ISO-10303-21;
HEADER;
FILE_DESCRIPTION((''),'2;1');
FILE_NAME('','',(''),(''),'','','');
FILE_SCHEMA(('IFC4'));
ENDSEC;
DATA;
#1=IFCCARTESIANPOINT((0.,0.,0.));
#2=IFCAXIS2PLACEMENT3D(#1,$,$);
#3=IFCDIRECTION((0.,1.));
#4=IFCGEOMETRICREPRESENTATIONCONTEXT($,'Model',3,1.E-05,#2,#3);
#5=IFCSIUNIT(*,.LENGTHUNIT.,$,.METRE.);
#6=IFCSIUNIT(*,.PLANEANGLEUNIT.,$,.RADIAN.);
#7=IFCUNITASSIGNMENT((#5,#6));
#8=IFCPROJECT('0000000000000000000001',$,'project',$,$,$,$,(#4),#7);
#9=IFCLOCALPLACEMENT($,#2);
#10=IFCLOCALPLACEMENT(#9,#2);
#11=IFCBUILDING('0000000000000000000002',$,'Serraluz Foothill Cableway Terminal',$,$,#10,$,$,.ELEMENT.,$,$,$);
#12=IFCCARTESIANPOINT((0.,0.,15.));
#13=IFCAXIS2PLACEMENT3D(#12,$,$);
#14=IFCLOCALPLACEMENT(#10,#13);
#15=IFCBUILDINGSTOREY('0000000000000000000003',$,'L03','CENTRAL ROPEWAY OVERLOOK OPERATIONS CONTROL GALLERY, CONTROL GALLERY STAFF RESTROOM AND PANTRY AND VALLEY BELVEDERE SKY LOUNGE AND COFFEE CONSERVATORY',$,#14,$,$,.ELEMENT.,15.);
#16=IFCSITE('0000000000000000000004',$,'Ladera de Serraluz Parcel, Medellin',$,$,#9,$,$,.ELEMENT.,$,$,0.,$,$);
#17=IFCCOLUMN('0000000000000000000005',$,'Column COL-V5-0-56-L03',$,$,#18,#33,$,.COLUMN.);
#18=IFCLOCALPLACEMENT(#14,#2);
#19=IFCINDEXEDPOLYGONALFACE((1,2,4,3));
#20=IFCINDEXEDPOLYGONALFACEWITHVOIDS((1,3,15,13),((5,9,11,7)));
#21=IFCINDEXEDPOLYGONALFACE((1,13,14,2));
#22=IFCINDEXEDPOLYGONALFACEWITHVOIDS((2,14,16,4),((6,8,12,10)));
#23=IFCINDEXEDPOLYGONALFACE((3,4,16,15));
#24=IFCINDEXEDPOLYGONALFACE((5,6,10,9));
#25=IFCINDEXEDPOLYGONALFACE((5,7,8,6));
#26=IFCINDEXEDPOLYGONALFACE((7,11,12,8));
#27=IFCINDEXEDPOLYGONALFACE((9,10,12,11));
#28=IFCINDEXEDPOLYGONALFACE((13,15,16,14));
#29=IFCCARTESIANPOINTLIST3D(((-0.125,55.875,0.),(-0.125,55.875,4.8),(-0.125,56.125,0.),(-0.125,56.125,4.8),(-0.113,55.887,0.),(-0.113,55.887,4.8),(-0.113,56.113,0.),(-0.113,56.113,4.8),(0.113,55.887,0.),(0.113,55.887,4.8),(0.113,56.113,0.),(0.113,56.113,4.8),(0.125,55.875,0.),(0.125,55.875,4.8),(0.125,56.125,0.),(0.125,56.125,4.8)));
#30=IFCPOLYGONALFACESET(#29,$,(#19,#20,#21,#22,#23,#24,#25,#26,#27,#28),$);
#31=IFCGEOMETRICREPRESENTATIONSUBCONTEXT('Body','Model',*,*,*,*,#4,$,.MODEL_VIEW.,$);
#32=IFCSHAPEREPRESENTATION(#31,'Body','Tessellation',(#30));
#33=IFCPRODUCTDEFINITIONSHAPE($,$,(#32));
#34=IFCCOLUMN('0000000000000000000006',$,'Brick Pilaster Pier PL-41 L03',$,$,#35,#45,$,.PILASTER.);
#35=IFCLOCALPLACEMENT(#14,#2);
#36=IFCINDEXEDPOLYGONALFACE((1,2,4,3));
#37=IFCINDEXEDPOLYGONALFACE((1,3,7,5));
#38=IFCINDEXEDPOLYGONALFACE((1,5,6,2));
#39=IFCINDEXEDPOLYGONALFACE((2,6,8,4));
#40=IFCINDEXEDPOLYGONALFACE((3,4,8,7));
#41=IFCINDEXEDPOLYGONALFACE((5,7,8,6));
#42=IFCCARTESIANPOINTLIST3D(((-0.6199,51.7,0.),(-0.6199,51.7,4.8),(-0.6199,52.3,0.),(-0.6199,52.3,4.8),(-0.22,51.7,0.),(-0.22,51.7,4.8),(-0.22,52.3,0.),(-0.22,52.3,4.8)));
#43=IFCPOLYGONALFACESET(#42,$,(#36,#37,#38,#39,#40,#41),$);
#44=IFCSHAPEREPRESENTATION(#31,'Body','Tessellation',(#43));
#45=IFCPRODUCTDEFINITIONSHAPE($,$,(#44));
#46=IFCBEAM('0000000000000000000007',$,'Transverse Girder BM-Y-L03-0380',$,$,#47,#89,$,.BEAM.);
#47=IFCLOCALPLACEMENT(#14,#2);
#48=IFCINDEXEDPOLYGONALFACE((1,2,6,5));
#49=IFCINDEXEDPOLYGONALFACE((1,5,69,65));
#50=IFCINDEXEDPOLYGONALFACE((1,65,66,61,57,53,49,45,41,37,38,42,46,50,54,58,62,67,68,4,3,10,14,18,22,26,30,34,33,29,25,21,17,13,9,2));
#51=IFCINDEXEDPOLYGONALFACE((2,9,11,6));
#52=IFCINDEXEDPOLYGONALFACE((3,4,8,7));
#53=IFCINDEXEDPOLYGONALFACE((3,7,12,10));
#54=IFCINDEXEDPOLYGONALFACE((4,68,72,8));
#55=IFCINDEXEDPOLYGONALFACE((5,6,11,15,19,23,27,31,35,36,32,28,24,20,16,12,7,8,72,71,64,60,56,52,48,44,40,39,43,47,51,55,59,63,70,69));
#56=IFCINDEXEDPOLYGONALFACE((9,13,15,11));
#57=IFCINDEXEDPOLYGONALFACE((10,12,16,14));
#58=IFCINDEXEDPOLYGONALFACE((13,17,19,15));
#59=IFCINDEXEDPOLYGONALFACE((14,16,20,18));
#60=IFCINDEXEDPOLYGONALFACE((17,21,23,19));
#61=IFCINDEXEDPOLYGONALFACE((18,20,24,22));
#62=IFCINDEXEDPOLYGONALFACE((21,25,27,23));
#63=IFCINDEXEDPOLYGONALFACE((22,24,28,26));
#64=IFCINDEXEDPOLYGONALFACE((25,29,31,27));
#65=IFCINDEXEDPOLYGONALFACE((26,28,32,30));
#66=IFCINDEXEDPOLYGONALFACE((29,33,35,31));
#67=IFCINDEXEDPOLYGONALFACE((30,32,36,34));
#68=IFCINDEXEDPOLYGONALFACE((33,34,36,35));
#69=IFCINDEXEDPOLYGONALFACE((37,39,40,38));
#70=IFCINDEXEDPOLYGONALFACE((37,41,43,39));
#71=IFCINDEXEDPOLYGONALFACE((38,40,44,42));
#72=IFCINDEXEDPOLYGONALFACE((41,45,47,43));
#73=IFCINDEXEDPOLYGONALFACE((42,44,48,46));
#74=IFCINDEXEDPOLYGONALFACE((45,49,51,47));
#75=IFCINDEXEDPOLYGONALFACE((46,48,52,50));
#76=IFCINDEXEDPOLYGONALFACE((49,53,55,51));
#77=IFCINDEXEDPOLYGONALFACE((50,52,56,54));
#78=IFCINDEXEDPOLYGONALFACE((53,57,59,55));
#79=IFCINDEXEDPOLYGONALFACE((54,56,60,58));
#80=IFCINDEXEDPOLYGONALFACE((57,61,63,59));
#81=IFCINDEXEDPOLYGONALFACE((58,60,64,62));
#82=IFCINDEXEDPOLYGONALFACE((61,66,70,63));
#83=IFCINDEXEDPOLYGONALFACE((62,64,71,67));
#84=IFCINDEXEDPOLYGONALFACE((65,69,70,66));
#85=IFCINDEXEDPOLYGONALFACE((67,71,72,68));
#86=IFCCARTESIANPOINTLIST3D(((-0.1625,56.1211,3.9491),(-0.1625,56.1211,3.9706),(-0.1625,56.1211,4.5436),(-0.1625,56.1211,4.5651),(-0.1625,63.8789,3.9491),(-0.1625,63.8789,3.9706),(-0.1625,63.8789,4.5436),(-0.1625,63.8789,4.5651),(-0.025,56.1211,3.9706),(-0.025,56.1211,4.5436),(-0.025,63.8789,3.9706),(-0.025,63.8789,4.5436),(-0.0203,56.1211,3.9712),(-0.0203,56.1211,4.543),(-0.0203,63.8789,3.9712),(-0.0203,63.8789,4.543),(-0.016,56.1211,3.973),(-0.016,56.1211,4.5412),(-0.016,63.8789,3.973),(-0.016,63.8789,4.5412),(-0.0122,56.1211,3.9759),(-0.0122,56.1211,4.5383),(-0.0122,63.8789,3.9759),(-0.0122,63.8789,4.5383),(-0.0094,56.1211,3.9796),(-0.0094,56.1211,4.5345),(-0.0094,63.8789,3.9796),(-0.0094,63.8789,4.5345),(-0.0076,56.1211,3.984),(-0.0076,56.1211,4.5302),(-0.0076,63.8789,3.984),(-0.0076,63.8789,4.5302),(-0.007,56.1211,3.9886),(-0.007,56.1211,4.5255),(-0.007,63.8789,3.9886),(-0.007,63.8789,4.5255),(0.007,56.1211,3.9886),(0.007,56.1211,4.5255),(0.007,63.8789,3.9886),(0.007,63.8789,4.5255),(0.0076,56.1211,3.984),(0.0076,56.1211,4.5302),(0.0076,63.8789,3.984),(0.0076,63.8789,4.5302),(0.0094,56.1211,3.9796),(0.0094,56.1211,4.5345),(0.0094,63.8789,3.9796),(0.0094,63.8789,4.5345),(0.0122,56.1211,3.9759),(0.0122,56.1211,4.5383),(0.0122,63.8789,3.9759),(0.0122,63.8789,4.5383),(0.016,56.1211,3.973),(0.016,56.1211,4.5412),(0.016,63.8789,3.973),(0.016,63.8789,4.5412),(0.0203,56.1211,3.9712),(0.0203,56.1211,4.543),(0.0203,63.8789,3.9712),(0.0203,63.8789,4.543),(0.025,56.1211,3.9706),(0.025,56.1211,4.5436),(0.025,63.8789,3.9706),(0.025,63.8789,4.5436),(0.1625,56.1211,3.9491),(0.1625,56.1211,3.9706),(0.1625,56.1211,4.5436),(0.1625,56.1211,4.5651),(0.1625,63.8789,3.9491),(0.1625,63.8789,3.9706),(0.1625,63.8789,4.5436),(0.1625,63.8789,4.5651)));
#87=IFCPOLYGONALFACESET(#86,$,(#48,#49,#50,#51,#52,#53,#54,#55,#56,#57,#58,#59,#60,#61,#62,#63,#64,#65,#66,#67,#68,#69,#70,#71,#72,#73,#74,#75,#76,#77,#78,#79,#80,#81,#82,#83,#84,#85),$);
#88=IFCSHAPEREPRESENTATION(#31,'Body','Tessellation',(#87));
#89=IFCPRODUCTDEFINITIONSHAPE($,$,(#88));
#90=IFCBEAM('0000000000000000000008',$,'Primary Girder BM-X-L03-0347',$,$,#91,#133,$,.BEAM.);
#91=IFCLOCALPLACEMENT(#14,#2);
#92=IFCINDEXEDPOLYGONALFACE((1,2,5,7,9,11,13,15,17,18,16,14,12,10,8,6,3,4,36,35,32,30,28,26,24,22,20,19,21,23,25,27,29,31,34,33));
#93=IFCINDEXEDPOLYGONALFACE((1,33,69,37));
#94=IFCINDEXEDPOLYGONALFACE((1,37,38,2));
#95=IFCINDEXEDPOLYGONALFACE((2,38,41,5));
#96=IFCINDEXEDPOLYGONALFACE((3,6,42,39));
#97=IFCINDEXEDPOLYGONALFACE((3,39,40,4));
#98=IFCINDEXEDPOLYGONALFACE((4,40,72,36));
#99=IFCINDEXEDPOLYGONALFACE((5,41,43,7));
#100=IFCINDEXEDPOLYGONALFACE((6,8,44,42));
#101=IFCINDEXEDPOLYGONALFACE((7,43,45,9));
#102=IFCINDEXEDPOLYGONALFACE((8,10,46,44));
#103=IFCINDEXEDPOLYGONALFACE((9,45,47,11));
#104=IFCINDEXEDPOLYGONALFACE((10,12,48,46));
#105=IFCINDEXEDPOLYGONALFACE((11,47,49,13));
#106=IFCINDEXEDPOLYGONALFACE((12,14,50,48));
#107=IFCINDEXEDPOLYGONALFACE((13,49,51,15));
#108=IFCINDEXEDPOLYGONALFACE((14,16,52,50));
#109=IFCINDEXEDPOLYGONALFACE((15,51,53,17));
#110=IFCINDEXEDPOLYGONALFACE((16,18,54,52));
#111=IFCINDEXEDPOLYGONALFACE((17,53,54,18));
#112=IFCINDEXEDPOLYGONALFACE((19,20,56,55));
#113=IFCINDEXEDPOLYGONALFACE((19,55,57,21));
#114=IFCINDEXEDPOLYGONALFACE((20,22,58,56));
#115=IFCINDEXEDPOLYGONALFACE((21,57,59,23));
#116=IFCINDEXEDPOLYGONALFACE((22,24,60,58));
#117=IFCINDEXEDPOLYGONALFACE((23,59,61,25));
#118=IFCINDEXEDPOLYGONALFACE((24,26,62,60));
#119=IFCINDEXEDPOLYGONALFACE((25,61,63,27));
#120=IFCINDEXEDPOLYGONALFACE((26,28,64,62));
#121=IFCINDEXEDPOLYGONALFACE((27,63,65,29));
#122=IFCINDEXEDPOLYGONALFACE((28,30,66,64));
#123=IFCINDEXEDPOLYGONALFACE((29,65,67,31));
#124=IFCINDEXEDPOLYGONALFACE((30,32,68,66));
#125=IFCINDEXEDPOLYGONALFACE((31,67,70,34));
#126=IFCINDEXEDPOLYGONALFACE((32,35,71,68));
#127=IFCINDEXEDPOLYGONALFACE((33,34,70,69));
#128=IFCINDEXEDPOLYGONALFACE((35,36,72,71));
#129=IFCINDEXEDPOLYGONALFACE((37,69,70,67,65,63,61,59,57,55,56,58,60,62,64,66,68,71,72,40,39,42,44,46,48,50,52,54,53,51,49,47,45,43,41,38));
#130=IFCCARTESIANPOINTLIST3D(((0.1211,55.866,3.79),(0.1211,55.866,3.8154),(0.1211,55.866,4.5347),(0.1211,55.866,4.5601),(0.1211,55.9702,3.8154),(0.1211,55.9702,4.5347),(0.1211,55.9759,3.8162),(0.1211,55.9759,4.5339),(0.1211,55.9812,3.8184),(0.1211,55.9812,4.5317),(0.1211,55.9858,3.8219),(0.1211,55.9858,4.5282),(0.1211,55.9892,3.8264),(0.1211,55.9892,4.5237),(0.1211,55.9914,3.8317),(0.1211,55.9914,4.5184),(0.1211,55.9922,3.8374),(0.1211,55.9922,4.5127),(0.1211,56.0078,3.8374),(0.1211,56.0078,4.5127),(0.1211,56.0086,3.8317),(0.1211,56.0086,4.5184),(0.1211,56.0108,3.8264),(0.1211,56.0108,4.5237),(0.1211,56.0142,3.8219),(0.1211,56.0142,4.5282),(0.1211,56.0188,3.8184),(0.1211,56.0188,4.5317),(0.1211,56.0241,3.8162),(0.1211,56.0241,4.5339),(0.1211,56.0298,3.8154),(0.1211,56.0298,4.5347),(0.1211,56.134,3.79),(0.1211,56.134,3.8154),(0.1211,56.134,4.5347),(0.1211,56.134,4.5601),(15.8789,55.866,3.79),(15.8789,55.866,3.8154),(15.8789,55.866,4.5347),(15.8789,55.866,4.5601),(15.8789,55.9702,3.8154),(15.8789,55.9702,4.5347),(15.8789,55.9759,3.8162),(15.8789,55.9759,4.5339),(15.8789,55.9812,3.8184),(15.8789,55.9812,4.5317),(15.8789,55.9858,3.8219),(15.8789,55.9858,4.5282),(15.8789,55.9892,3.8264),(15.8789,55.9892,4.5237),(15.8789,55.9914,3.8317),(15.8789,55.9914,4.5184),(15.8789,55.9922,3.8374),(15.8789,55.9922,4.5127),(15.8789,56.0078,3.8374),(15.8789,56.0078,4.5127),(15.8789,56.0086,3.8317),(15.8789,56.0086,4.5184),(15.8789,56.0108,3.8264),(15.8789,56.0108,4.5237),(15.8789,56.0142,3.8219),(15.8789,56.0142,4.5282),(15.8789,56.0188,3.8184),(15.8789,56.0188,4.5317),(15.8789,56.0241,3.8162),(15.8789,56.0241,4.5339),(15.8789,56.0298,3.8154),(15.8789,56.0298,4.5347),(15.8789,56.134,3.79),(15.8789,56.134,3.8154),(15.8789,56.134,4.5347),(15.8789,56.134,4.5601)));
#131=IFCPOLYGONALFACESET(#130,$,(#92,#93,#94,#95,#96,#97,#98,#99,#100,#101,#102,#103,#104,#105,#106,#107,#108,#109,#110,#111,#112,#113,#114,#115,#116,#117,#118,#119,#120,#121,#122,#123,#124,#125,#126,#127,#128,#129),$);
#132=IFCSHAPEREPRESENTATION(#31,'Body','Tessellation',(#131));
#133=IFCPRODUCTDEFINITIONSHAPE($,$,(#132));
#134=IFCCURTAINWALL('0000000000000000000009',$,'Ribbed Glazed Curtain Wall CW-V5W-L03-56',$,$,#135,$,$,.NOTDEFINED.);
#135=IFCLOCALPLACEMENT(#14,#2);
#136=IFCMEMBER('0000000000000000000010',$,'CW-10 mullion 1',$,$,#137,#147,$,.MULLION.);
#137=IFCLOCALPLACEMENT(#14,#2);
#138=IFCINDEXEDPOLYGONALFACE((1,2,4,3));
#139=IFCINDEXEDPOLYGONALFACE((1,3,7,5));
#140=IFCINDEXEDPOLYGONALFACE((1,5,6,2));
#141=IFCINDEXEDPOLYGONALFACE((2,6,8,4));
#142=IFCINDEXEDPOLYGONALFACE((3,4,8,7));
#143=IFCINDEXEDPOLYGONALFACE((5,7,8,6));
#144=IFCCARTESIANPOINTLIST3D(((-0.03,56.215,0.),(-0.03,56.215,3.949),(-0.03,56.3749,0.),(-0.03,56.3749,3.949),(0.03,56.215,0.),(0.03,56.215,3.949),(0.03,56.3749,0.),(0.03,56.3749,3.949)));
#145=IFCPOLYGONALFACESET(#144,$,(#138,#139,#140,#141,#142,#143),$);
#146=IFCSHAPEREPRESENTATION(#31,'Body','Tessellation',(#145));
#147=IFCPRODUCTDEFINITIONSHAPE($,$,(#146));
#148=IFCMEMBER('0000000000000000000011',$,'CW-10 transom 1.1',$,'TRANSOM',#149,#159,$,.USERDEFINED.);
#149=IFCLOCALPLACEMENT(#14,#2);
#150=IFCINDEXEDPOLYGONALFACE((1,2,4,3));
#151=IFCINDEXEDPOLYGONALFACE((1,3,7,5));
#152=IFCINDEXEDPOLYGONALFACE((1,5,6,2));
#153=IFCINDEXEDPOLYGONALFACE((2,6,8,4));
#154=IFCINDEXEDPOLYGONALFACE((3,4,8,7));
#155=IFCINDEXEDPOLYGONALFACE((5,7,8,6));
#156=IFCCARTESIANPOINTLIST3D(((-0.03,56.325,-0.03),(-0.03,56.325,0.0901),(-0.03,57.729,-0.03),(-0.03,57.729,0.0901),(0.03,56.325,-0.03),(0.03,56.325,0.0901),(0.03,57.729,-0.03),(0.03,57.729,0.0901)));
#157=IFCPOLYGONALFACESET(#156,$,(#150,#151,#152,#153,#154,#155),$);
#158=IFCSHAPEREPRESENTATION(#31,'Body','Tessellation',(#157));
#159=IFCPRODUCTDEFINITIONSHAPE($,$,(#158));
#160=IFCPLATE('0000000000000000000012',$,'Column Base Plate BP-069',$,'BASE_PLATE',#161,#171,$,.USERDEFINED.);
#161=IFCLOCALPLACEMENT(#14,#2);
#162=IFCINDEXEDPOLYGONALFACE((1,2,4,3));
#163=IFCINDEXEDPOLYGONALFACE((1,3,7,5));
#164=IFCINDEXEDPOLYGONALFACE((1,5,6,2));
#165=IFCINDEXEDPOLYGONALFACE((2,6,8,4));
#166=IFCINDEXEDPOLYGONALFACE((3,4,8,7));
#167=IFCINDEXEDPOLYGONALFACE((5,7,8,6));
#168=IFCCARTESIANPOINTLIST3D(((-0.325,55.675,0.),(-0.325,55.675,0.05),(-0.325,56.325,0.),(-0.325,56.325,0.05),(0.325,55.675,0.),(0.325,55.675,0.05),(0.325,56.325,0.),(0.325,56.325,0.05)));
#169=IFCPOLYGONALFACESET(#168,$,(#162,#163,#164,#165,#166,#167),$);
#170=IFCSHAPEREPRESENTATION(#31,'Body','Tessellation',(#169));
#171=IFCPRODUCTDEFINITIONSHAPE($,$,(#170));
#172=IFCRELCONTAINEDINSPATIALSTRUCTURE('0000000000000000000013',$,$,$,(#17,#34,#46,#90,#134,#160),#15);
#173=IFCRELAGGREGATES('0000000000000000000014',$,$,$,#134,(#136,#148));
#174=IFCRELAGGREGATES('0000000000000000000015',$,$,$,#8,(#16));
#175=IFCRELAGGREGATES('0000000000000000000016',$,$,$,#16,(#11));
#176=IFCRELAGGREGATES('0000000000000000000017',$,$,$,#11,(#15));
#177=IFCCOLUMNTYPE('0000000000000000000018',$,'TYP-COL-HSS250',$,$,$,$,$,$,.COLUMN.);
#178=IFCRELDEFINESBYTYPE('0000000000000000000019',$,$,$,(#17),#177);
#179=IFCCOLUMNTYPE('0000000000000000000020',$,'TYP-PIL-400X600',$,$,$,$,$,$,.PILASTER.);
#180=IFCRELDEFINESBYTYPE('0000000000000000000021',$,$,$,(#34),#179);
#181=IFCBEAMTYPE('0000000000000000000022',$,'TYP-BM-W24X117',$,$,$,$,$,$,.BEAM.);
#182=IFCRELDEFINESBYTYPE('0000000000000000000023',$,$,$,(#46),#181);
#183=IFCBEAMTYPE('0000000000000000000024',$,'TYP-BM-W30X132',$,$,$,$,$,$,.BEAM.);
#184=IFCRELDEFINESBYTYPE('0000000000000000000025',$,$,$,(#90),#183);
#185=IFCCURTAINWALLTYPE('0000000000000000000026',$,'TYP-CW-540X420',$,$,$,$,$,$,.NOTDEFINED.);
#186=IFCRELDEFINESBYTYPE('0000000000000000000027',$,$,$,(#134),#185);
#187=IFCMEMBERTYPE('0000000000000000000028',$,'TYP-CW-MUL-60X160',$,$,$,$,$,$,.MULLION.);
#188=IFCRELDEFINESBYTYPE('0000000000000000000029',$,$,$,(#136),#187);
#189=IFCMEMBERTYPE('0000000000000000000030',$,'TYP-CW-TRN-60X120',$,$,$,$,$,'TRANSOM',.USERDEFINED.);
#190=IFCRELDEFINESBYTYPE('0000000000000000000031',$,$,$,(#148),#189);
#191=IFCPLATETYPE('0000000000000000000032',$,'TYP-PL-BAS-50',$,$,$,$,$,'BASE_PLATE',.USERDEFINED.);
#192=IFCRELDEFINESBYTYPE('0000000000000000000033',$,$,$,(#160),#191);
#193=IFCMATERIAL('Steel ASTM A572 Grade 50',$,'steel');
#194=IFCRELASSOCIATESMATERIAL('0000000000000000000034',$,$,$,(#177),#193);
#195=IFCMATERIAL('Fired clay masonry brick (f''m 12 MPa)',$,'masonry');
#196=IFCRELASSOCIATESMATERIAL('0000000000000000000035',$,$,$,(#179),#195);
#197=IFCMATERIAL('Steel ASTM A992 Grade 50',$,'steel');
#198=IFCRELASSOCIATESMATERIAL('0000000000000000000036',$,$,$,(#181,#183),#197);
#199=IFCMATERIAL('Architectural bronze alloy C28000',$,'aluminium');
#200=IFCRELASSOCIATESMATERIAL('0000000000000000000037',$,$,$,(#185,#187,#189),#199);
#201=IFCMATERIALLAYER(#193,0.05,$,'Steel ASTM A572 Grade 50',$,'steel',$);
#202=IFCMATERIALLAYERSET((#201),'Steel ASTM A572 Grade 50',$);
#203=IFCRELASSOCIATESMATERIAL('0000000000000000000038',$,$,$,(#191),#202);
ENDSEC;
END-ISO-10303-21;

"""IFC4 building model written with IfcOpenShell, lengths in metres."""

from ifc_helpers import new_model, si_unit, direction, frame, origin, origin_2d, place, context, subcontext, project, spatial, rectangle, hollow_rectangle, i_section, extrude, material, layer, layer_set, material_profile, profile_set, type_object, element, aggregate, save


model = new_model("IFC4")

# Units and contexts
model_context = context("Model", 3, precision=1e-05, world=origin(), true_north=direction((0.0, 1.0)))
body_context = subcontext(model_context, "Body", "Model", "MODEL_VIEW")
ifc_project = project(units=[si_unit("LENGTHUNIT", "METRE"), si_unit("PLANEANGLEUNIT", "RADIAN")], contexts=[model_context])

# Site, building, storey
site_placement = place(None, origin())
site = spatial("IfcSite", under=ifc_project, at=site_placement, Name="Ladera de Serraluz Parcel, Medellin", CompositionType="ELEMENT", RefElevation=0.0)
building_placement = place(site_placement, origin())
building = spatial("IfcBuilding", under=site, at=building_placement, Name="Serraluz Foothill Cableway Terminal", CompositionType="ELEMENT")
storey_placement = place(building_placement, frame((0.0, 0.0, 15.0)))
storey = spatial("IfcBuildingStorey", under=building, at=storey_placement, Name="L03", Description="CENTRAL ROPEWAY OVERLOOK OPERATIONS CONTROL GALLERY, CONTROL GALLERY STAFF RESTROOM AND PANTRY AND VALLEY BELVEDERE SKY LOUNGE AND COFFEE CONSERVATORY", CompositionType="ELEMENT", Elevation=15.0)

# Columns
ifc_material_1 = material(Name="Steel ASTM A572 Grade 50", Category="steel")
ifc_material_profile_1 = material_profile(ifc_material_1, hollow_rectangle(XDim=0.25, YDim=0.25, WallThickness=0.012, at=origin_2d()), Name="HSS250X250X12")
ifc_profile_set_1 = profile_set([ifc_material_profile_1], Name="Steel ASTM A572 Grade 50")
column_type_1 = type_object("IfcColumnType", Name="TYP-COL-HSS250", PredefinedType="COLUMN", material=ifc_profile_set_1)
column_1_placement = place(storey_placement, frame((0.0, 56.0, 0.0), z_axis=(0.0, 0.0, 1.0), x_axis=(1.0, 0.0, 0.0)))
element("IfcColumn", 1, at=column_1_placement, inside=storey, type_object=column_type_1, Name="Column COL-V5-0-56-L03", PredefinedType="COLUMN", context=body_context, shape_type="SweptSolid", body=[
    extrude(hollow_rectangle(XDim=0.25, YDim=0.25, WallThickness=0.012, at=origin_2d()), origin(), (0.0, 0.0, 1.0), 4.8),
])
ifc_material_2 = material(Name="Fired clay masonry brick (f'm 12 MPa)", Category="masonry")
ifc_material_profile_2 = material_profile(ifc_material_2, rectangle(XDim=0.3999, YDim=0.6001, at=origin_2d()), Name="PIL 400x600")
ifc_profile_set_2 = profile_set([ifc_material_profile_2], Name="Fired clay masonry brick (f'm 12 MPa)")
column_type_2 = type_object("IfcColumnType", Name="TYP-PIL-400X600", PredefinedType="PILASTER", material=ifc_profile_set_2)
column_2_placement = place(storey_placement, frame((-0.4199, 52.0, 0.0), z_axis=(0.0, 0.0, 1.0), x_axis=(1.0, 0.0, 0.0)))
element("IfcColumn", 2, at=column_2_placement, inside=storey, type_object=column_type_2, Name="Brick Pilaster Pier PL-41 L03", PredefinedType="PILASTER", context=body_context, shape_type="SweptSolid", body=[
    extrude(rectangle(XDim=0.3999, YDim=0.6001, at=origin_2d()), origin(), (0.0, 0.0, 1.0), 4.8),
])

# Beams
ifc_material_3 = material(Name="Steel ASTM A992 Grade 50", Category="steel")
ifc_material_profile_3 = material_profile(ifc_material_3, i_section(OverallWidth=0.325, OverallDepth=0.616, WebThickness=0.0139, FlangeThickness=0.0215, FilletRadius=0.0181, at=origin_2d()), Name="W24X117")
ifc_profile_set_3 = profile_set([ifc_material_profile_3], Name="Steel ASTM A992 Grade 50")
beam_type_1 = type_object("IfcBeamType", Name="TYP-BM-W24X117", PredefinedType="BEAM", material=ifc_profile_set_3)
beam_1_placement = place(storey_placement, frame((0.0, 56.1211, 4.2571), z_axis=(0.0, 1.0, 0.0), x_axis=(-1.0, 0.0, 0.0)))
element("IfcBeam", 3, at=beam_1_placement, inside=storey, type_object=beam_type_1, Name="Transverse Girder BM-Y-L03-0380", PredefinedType="BEAM", context=body_context, shape_type="SweptSolid", body=[
    extrude(i_section(OverallWidth=0.325, OverallDepth=0.616, WebThickness=0.0139, FlangeThickness=0.0215, FilletRadius=0.0181, at=origin_2d()), origin(), (0.0, 0.0, 1.0), 7.7578),
])
ifc_material_profile_4 = material_profile(ifc_material_3, i_section(OverallWidth=0.2681, OverallDepth=0.77, WebThickness=0.0156, FlangeThickness=0.0254, FilletRadius=0.022, at=origin_2d()), Name="W30X132")
ifc_profile_set_4 = profile_set([ifc_material_profile_4], Name="Steel ASTM A992 Grade 50")
beam_type_2 = type_object("IfcBeamType", Name="TYP-BM-W30X132", PredefinedType="BEAM", material=ifc_profile_set_4)
beam_2_placement = place(storey_placement, frame((0.1211, 56.0, 4.175), z_axis=(1.0, 0.0, 0.0), x_axis=(0.0, 1.0, 0.0)))
element("IfcBeam", 4, at=beam_2_placement, inside=storey, type_object=beam_type_2, Name="Primary Girder BM-X-L03-0347", PredefinedType="BEAM", context=body_context, shape_type="SweptSolid", body=[
    extrude(i_section(OverallWidth=0.2681, OverallDepth=0.77, WebThickness=0.0156, FlangeThickness=0.0254, FilletRadius=0.022, at=origin_2d()), origin(), (0.0, 0.0, 1.0), 15.7578),
])

# Curtain wall, members
ifc_material_4 = material(Name="Architectural bronze alloy C28000", Category="aluminium")
curtain_wall_type = type_object("IfcCurtainWallType", Name="TYP-CW-540X420", PredefinedType="NOTDEFINED", material=ifc_material_4)
curtain_wall_placement = place(storey_placement, origin())
curtain_wall = element("IfcCurtainWall", 5, at=curtain_wall_placement, inside=storey, type_object=curtain_wall_type, Name="Ribbed Glazed Curtain Wall CW-V5W-L03-56", PredefinedType="NOTDEFINED")
ifc_material_profile_5 = material_profile(ifc_material_4, rectangle(XDim=0.0601, YDim=0.1599, at=origin_2d()), Name="ALU MULLION 60x160")
ifc_profile_set_5 = profile_set([ifc_material_profile_5], Name="Architectural bronze alloy C28000")
member_type_1 = type_object("IfcMemberType", Name="TYP-CW-MUL-60X160", PredefinedType="MULLION", material=ifc_profile_set_5)
member_1_placement = place(storey_placement, frame((0.0, 56.2949, 0.0), z_axis=(0.0, 0.0, 1.0), x_axis=(-1.0, 0.0, 0.0)))
member_1 = element("IfcMember", 6, at=member_1_placement, type_object=member_type_1, Name="CW-10 mullion 1", PredefinedType="MULLION", context=body_context, shape_type="SweptSolid", body=[
    extrude(rectangle(XDim=0.0601, YDim=0.1599, at=origin_2d()), origin(), (0.0, 0.0, 1.0), 3.949),
])
ifc_material_profile_6 = material_profile(ifc_material_4, rectangle(XDim=0.0601, YDim=0.1201, at=origin_2d()), Name="ALU TRANSOM 60x120")
ifc_profile_set_6 = profile_set([ifc_material_profile_6], Name="Architectural bronze alloy C28000")
member_type_2 = type_object("IfcMemberType", Name="TYP-CW-TRN-60X120", ElementType="TRANSOM", PredefinedType="USERDEFINED", material=ifc_profile_set_6)
member_2_placement = place(storey_placement, frame((0.0, 56.325, 0.03), z_axis=(0.0, 1.0, 0.0), x_axis=(-1.0, 0.0, 0.0)))
member_2 = element("IfcMember", 7, at=member_2_placement, type_object=member_type_2, Name="CW-10 transom 1.1", ObjectType="TRANSOM", PredefinedType="USERDEFINED", context=body_context, shape_type="SweptSolid", body=[
    extrude(rectangle(XDim=0.0601, YDim=0.1201, at=origin_2d()), origin(), (0.0, 0.0, 1.0), 1.4041),
])
aggregate(curtain_wall, [member_1, member_2])

# Plate
ifc_layer_1 = layer(ifc_material_1, 0.05, Name="Steel ASTM A572 Grade 50", Category="steel")
ifc_layer_set_1 = layer_set([ifc_layer_1], Name="Steel ASTM A572 Grade 50")
plate_type = type_object("IfcPlateType", Name="TYP-PL-BAS-50", ElementType="BASE_PLATE", PredefinedType="USERDEFINED", material=ifc_layer_set_1)
plate_placement = place(storey_placement, frame((0.0, 56.0, 0.0), z_axis=(0.0, 0.0, 1.0), x_axis=(1.0, 0.0, 0.0)))
element("IfcPlate", 8, at=plate_placement, inside=storey, type_object=plate_type, Name="Column Base Plate BP-069", ObjectType="BASE_PLATE", PredefinedType="USERDEFINED", context=body_context, shape_type="SweptSolid", body=[
    extrude(rectangle(XDim=0.6499, YDim=0.6499, at=origin_2d()), origin(), (0.0, 0.0, 1.0), 0.05),
])

save(model, "model.ifc")
